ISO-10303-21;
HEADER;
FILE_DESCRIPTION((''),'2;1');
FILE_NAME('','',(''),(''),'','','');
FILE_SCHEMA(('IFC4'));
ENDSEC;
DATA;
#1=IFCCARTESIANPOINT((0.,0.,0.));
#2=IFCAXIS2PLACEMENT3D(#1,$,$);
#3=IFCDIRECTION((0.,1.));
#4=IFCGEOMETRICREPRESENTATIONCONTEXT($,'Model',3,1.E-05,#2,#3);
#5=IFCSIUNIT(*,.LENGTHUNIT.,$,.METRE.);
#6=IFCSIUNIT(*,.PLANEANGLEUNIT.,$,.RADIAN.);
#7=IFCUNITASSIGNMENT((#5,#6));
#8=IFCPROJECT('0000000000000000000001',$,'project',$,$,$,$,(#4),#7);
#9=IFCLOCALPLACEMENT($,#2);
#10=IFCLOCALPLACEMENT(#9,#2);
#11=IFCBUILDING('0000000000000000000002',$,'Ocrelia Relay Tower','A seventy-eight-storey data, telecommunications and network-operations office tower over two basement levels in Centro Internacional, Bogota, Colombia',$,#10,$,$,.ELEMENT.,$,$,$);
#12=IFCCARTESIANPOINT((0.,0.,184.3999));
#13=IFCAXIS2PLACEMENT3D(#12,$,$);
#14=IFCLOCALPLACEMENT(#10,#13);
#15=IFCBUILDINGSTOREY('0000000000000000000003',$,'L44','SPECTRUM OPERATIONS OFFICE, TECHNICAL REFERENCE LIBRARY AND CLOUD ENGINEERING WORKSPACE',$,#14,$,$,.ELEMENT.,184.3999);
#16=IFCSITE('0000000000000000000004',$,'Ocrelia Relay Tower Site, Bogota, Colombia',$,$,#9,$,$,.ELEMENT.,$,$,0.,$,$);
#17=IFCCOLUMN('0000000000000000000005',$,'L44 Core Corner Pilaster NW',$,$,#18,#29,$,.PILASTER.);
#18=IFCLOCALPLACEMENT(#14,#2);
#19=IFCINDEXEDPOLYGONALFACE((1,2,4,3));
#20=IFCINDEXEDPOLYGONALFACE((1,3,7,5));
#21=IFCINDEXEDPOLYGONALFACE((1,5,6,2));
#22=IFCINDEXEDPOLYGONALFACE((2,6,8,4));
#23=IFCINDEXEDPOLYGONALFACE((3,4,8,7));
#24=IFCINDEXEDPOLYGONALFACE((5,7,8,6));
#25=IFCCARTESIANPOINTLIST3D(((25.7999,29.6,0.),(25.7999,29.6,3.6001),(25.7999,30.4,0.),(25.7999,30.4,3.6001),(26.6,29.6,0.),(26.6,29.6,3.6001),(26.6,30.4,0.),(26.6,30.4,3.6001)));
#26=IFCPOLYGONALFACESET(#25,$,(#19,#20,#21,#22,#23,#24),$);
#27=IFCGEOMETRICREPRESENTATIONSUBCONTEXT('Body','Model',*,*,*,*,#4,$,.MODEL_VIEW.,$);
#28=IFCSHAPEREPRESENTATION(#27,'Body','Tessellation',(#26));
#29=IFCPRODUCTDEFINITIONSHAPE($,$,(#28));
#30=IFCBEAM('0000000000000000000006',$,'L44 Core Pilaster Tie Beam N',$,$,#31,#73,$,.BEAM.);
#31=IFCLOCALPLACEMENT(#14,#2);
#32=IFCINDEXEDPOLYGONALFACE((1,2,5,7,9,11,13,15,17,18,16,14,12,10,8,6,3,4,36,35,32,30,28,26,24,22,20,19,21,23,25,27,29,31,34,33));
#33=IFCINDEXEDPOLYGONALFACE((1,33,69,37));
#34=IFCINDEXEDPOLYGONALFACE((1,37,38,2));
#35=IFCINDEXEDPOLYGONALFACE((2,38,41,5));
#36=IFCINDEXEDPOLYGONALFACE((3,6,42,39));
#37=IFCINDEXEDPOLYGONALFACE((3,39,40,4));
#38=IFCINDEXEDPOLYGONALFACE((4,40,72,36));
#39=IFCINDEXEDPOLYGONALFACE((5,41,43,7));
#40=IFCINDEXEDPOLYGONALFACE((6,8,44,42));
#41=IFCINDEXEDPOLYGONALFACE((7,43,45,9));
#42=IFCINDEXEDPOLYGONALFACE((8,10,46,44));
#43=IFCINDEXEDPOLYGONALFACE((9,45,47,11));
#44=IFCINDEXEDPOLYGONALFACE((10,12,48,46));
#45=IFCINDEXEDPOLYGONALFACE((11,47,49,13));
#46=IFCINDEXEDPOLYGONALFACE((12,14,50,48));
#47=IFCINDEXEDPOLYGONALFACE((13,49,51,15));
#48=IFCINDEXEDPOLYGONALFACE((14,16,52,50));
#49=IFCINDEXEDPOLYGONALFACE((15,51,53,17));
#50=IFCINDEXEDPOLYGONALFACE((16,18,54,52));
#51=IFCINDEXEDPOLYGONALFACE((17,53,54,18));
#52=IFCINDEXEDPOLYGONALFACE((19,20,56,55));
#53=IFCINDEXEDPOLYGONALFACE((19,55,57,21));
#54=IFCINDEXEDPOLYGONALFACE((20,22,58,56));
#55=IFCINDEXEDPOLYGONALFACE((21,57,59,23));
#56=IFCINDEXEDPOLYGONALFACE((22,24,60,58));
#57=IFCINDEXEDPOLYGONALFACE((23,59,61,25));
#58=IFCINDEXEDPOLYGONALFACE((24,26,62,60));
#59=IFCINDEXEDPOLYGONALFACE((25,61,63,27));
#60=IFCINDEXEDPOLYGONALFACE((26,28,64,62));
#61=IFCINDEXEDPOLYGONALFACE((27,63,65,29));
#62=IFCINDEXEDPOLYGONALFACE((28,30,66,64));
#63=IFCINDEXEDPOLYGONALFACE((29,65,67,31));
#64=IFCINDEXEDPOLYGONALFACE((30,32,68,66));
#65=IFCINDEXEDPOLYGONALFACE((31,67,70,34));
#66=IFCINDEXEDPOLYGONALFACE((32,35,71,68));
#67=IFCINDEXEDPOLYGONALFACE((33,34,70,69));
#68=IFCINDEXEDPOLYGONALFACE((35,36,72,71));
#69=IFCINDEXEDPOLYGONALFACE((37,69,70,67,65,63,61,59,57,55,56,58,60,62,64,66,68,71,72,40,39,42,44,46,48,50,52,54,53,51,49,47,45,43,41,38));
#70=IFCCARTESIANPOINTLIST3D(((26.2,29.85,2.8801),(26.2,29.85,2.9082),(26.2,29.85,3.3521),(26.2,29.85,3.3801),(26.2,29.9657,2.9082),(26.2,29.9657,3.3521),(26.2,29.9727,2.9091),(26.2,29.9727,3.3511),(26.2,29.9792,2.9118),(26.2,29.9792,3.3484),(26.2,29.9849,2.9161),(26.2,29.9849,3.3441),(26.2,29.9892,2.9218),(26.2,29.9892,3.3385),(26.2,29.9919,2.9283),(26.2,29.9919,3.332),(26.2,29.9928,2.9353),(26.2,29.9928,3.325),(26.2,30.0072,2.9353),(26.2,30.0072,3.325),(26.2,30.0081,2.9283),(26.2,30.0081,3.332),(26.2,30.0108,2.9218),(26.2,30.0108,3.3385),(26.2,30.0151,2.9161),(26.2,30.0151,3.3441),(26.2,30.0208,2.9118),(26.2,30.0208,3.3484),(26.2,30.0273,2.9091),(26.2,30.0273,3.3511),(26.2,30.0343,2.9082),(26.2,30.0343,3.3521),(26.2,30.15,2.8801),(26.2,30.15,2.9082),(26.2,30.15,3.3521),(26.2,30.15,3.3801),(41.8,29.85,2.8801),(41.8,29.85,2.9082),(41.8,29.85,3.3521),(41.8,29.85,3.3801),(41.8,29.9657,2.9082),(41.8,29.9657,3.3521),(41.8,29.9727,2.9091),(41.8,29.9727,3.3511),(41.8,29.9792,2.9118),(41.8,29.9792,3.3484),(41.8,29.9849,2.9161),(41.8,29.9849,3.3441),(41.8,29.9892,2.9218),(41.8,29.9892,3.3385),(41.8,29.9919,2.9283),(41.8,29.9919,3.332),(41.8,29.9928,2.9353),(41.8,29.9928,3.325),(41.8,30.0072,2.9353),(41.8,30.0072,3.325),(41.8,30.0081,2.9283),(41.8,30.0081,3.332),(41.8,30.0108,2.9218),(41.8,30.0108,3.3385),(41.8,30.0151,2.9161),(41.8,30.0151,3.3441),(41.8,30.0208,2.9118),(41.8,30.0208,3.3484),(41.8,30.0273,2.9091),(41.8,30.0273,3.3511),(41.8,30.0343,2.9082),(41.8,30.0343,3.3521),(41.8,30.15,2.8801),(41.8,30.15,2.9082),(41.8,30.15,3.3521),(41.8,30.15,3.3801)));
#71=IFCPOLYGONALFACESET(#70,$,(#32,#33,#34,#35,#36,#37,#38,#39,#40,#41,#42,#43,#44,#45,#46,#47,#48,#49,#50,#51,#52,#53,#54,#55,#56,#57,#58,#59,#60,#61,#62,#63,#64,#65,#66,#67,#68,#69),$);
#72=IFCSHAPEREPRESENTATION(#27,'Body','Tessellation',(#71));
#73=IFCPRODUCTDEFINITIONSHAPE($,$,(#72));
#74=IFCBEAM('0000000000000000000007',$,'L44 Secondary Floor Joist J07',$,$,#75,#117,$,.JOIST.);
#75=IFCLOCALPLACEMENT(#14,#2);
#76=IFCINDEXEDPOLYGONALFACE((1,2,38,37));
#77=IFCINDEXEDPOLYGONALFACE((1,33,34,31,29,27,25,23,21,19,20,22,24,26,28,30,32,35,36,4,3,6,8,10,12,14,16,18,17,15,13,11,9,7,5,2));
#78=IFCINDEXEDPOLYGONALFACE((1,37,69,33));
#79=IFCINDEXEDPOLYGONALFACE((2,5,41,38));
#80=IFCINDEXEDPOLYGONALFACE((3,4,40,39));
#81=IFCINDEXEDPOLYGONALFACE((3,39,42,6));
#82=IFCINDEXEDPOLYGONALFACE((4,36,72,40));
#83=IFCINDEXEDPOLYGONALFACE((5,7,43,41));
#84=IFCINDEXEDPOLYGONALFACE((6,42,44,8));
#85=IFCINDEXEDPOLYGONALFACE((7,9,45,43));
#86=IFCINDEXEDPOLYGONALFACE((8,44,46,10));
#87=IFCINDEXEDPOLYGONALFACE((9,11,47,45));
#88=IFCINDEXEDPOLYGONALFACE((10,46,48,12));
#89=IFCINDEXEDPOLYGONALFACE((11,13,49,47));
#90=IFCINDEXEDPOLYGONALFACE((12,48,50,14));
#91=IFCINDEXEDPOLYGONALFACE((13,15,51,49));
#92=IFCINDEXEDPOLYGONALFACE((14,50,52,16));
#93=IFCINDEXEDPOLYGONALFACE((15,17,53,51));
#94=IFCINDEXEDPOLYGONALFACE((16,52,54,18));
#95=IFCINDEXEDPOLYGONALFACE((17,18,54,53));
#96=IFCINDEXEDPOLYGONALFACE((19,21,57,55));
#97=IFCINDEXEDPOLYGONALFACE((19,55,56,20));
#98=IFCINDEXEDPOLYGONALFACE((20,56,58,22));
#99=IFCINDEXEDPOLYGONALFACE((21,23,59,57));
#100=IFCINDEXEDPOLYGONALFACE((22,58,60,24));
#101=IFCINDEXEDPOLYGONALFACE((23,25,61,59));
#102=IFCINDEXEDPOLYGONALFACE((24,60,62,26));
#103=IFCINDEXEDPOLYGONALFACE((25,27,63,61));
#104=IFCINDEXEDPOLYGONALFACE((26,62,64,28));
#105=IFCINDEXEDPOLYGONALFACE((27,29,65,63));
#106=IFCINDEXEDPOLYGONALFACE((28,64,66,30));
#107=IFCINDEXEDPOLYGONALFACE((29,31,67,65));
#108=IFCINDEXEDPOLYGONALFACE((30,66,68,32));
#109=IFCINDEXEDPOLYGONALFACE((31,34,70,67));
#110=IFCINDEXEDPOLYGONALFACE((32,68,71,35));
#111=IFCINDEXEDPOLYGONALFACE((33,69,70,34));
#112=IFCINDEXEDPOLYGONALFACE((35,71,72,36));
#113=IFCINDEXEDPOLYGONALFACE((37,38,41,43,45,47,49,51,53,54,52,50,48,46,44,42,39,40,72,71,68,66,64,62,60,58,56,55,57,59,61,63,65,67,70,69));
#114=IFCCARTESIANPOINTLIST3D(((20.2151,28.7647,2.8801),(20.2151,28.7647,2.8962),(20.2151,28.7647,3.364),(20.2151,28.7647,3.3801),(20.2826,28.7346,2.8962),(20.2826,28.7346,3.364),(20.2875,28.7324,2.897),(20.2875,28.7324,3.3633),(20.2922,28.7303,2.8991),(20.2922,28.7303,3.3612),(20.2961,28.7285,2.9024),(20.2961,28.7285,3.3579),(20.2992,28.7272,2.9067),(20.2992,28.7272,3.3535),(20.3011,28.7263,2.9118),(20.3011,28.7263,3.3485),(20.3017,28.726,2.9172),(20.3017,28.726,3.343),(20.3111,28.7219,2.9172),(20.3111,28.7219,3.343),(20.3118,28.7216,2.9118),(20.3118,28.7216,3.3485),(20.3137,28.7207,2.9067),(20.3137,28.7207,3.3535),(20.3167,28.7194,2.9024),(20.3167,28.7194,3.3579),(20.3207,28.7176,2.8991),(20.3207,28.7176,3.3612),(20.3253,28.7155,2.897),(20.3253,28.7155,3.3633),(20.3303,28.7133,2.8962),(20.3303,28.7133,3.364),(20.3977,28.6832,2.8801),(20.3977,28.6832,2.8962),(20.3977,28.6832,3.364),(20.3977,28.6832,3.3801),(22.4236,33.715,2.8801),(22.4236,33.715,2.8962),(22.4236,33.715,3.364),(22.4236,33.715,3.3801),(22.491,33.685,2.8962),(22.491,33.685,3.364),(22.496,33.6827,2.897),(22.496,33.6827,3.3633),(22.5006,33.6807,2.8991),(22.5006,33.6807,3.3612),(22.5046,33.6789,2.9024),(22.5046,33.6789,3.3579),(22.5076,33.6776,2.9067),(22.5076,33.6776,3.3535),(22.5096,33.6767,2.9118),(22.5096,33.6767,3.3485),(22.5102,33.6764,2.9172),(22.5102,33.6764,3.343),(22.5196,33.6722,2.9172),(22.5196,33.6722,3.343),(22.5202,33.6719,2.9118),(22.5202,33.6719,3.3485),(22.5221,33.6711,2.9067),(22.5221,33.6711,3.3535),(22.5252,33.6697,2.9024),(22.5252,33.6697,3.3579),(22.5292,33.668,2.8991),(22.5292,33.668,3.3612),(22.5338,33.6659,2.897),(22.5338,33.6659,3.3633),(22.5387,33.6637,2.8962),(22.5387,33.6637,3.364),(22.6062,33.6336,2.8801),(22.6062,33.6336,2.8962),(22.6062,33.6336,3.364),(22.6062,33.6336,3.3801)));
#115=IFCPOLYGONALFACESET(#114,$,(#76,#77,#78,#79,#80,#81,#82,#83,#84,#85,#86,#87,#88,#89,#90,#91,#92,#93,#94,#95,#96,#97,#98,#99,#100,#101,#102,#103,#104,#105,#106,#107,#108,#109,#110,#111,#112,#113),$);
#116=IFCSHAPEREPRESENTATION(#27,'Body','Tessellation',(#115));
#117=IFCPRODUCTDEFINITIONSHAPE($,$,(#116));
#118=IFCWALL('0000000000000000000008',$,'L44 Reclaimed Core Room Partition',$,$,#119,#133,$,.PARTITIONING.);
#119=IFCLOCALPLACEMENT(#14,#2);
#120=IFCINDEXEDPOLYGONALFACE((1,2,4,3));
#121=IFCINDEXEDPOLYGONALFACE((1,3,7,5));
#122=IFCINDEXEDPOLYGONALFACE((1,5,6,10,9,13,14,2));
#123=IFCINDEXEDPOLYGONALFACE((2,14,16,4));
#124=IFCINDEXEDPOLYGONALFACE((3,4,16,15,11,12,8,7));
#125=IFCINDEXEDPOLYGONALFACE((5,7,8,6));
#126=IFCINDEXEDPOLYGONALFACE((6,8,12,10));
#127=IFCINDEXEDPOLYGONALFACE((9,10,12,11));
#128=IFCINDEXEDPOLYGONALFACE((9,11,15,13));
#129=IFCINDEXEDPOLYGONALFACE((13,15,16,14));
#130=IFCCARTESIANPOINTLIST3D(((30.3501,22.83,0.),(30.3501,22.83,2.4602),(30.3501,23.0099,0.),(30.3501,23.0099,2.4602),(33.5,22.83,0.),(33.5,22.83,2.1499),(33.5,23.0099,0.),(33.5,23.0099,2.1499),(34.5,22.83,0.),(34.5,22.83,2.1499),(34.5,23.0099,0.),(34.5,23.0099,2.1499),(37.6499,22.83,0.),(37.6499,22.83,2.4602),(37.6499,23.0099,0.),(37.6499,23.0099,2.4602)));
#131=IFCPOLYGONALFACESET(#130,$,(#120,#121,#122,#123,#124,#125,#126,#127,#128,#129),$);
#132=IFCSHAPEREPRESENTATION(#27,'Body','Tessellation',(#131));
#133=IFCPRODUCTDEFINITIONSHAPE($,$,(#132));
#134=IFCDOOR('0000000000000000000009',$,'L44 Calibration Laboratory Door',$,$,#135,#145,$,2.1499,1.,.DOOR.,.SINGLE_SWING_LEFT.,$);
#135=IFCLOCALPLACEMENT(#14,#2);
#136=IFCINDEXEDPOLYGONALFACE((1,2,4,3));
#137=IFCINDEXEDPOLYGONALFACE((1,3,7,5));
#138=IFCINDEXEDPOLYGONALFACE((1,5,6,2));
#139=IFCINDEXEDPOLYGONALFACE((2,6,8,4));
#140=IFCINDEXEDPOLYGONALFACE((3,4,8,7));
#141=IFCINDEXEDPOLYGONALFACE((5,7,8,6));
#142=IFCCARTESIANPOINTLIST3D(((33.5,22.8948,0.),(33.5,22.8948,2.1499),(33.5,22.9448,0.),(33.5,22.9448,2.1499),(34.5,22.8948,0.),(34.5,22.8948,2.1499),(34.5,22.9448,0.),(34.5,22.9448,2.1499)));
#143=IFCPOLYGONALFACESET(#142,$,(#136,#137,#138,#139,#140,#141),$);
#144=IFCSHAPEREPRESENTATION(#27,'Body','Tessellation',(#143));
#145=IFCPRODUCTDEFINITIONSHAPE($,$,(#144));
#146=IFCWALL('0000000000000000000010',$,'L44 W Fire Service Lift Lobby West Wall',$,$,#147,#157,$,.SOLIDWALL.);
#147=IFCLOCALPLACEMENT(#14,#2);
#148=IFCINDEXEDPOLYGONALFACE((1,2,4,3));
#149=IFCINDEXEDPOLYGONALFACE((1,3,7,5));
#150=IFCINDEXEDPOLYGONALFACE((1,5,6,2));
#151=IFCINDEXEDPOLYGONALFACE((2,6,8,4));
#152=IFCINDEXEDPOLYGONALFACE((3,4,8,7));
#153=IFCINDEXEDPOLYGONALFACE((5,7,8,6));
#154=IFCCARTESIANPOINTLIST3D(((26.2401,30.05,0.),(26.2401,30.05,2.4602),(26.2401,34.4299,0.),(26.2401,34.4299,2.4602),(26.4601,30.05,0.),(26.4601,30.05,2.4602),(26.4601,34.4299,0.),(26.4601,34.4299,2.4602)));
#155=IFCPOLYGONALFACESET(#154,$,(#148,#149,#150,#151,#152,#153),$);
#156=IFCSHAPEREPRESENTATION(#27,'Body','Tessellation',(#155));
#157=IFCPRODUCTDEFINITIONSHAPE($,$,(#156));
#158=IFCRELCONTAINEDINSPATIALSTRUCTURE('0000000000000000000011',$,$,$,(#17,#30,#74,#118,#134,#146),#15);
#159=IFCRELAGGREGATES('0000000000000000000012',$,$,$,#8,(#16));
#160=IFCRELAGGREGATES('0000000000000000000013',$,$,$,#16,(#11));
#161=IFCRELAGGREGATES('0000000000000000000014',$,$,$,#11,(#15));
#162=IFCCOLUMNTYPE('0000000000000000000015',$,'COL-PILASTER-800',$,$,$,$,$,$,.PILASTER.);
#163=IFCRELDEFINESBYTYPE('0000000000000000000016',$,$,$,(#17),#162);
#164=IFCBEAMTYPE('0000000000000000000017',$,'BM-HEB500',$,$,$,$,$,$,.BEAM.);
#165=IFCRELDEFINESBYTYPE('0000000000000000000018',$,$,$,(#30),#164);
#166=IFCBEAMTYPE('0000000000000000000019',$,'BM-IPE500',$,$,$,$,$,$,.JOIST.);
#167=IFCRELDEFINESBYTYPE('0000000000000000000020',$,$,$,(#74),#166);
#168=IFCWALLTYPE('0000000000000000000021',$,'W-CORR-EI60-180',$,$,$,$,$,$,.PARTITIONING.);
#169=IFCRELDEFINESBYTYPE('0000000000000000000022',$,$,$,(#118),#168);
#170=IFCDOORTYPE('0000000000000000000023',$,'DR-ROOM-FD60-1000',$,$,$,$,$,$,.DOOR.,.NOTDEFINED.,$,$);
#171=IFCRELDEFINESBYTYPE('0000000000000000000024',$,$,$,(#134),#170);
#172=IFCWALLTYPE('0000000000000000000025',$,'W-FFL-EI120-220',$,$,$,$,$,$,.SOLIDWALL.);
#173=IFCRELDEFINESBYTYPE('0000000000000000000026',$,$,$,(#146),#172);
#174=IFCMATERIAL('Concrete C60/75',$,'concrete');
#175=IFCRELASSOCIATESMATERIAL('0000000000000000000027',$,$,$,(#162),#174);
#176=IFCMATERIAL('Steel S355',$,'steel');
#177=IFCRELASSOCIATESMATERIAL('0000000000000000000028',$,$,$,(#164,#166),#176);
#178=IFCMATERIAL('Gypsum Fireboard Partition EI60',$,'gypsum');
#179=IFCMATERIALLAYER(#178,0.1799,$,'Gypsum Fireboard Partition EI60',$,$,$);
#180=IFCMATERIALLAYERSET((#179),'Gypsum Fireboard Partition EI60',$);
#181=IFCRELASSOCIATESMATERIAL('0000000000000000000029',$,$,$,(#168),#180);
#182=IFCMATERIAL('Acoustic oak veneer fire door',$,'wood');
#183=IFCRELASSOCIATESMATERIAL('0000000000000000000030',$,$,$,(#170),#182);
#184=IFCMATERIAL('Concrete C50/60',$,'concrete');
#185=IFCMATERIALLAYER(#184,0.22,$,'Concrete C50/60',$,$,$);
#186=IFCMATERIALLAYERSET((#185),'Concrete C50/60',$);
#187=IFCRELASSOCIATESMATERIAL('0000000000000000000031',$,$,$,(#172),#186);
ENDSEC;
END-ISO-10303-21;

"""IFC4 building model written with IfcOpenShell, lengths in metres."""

from ifc_helpers import new_model, si_unit, direction, frame, frame_2d, origin, origin_2d, place, context, subcontext, project, spatial, rectangle, i_section, extrude, material, layer, layer_set, material_profile, profile_set, type_object, element, fill, save


model = new_model("IFC4")

# Units and contexts
model_context = context("Model", 3, precision=1e-05, world=origin(), true_north=direction((0.0, 1.0)))
body_context = subcontext(model_context, "Body", "Model", "MODEL_VIEW")
ifc_project = project(units=[si_unit("LENGTHUNIT", "METRE"), si_unit("PLANEANGLEUNIT", "RADIAN")], contexts=[model_context])

# Site, building, storey
site_placement = place(None, origin())
site = spatial("IfcSite", under=ifc_project, at=site_placement, Name="Ocrelia Relay Tower Site, Bogota, Colombia", CompositionType="ELEMENT", RefElevation=0.0)
building_placement = place(site_placement, origin())
building = spatial("IfcBuilding", under=site, at=building_placement, Name="Ocrelia Relay Tower", Description="A seventy-eight-storey data, telecommunications and network-operations office tower over two basement levels in Centro Internacional, Bogota, Colombia", CompositionType="ELEMENT")
storey_placement = place(building_placement, frame((0.0, 0.0, 184.3999)))
storey = spatial("IfcBuildingStorey", under=building, at=storey_placement, Name="L44", Description="SPECTRUM OPERATIONS OFFICE, TECHNICAL REFERENCE LIBRARY AND CLOUD ENGINEERING WORKSPACE", CompositionType="ELEMENT", Elevation=184.3999)

# Column
ifc_material_1 = material(Name="Concrete C60/75", Category="concrete")
ifc_material_profile_1 = material_profile(ifc_material_1, rectangle(XDim=0.8, YDim=0.8, at=origin_2d()), Name="RC-COL-800x800")
ifc_profile_set_1 = profile_set([ifc_material_profile_1], Name="Concrete C60/75")
column_type = type_object("IfcColumnType", Name="COL-PILASTER-800", PredefinedType="PILASTER", material=ifc_profile_set_1)
column_placement = place(storey_placement, frame((26.2, 30.0, 0.0), z_axis=(0.0, 0.0, 1.0), x_axis=(1.0, 0.0, 0.0)))
element("IfcColumn", 1, at=column_placement, inside=storey, type_object=column_type, Name="L44 Core Corner Pilaster NW", PredefinedType="PILASTER", context=body_context, shape_type="SweptSolid", body=[
    extrude(rectangle(XDim=0.8, YDim=0.8, at=origin_2d()), origin(), (0.0, 0.0, 1.0), 3.6001),
])

# Beams
ifc_material_2 = material(Name="Steel S355", Category="steel")
ifc_material_profile_2 = material_profile(ifc_material_2, i_section(OverallWidth=0.3, OverallDepth=0.5, WebThickness=0.0144, FlangeThickness=0.0281, FilletRadius=0.0271, at=origin_2d()), Name="HEB 500")
ifc_profile_set_2 = profile_set([ifc_material_profile_2], Name="Steel S355")
beam_type_1 = type_object("IfcBeamType", Name="BM-HEB500", PredefinedType="BEAM", material=ifc_profile_set_2)
beam_1_placement = place(storey_placement, frame((26.2, 30.0, 3.1301), z_axis=(1.0, 0.0, 0.0), x_axis=(0.0, 1.0, 0.0)))
element("IfcBeam", 2, at=beam_1_placement, inside=storey, type_object=beam_type_1, Name="L44 Core Pilaster Tie Beam N", PredefinedType="BEAM", context=body_context, shape_type="SweptSolid", body=[
    extrude(i_section(OverallWidth=0.3, OverallDepth=0.5, WebThickness=0.0144, FlangeThickness=0.0281, FilletRadius=0.0271, at=origin_2d()), origin(), (0.0, 0.0, 1.0), 15.6001),
])
ifc_material_profile_3 = material_profile(ifc_material_2, i_section(OverallWidth=0.2, OverallDepth=0.5, WebThickness=0.0103, FlangeThickness=0.0161, FilletRadius=0.021, at=origin_2d()), Name="IPE 500")
ifc_profile_set_3 = profile_set([ifc_material_profile_3], Name="Steel S355")
beam_type_2 = type_object("IfcBeamType", Name="BM-IPE500", PredefinedType="JOIST", material=ifc_profile_set_3)
beam_2_placement = place(storey_placement, frame((22.5149, 33.6743, 3.1301), z_axis=(-0.407417, -0.913242, 0.0), x_axis=(0.913242, -0.407417, 0.0)))
element("IfcBeam", 3, at=beam_2_placement, inside=storey, type_object=beam_type_2, Name="L44 Secondary Floor Joist J07", PredefinedType="JOIST", context=body_context, shape_type="SweptSolid", body=[
    extrude(i_section(OverallWidth=0.2, OverallDepth=0.5, WebThickness=0.0103, FlangeThickness=0.0161, FilletRadius=0.021, at=origin_2d()), origin(), (0.0, 0.0, 1.0), 5.4207),
])

# Wall, opening, door
ifc_material_3 = material(Name="Gypsum Fireboard Partition EI60", Category="gypsum")
ifc_layer_1 = layer(ifc_material_3, 0.1799, Name="Gypsum Fireboard Partition EI60")
ifc_layer_set_1 = layer_set([ifc_layer_1], Name="Gypsum Fireboard Partition EI60")
wall_type_1 = type_object("IfcWallType", Name="W-CORR-EI60-180", PredefinedType="PARTITIONING", material=ifc_layer_set_1)
wall_1_placement = place(storey_placement, frame((30.3501, 22.9199, 0.0), z_axis=(0.0, 0.0, 1.0), x_axis=(1.0, 0.0, 0.0)))
wall_1 = element("IfcWall", 4, at=wall_1_placement, inside=storey, type_object=wall_type_1, Name="L44 Reclaimed Core Room Partition", PredefinedType="PARTITIONING", context=body_context, shape_type="SweptSolid", body=[
    extrude(rectangle(XDim=7.2998, YDim=0.1799, at=frame_2d((3.6499, 0.0))), origin(), (0.0, 0.0, 1.0), 2.4602),
])
opening_1_placement = place(wall_1_placement, frame((3.1499, 0.0, 0.0)))
opening_1 = element("IfcOpeningElement", 5, at=opening_1_placement, cuts=wall_1, PredefinedType="OPENING", context=body_context, shape_type="SweptSolid", body=[
    extrude(rectangle(XDim=1.0, YDim=2.1499, at=frame_2d((0.5, 1.075))), frame((0.0, 0.1001, 0.0), z_axis=(0.0, -1.0, 0.0), x_axis=(1.0, 0.0, 0.0)), (0.0, 0.0, 1.0), 0.2),
])
ifc_material_4 = material(Name="Acoustic oak veneer fire door", Category="wood")
door_type_1 = type_object("IfcDoorType", Name="DR-ROOM-FD60-1000", OperationType="NOTDEFINED", PredefinedType="DOOR", material=ifc_material_4)
door_1_placement = place(opening_1_placement, origin())
door_1 = element("IfcDoor", 6, at=door_1_placement, inside=storey, type_object=door_type_1, Name="L44 Calibration Laboratory Door", OperationType="SINGLE_SWING_LEFT", OverallHeight=2.1499, OverallWidth=1.0, PredefinedType="DOOR", context=body_context, shape_type="SweptSolid", body=[
    extrude(rectangle(XDim=1.0, YDim=2.1499, at=frame_2d((0.5, 1.075))), frame((0.0, 0.0249, 0.0), z_axis=(0.0, -1.0, 0.0), x_axis=(1.0, 0.0, 0.0)), (0.0, 0.0, 1.0), 0.05),
])
fill(opening_1, door_1)

# Wall
ifc_material_5 = material(Name="Concrete C50/60", Category="concrete")
ifc_layer_2 = layer(ifc_material_5, 0.22, Name="Concrete C50/60")
ifc_layer_set_2 = layer_set([ifc_layer_2], Name="Concrete C50/60")
wall_type_2 = type_object("IfcWallType", Name="W-FFL-EI120-220", PredefinedType="SOLIDWALL", material=ifc_layer_set_2)
wall_2_placement = place(storey_placement, frame((26.3501, 30.05, 0.0), z_axis=(0.0, 0.0, 1.0), x_axis=(0.0, 1.0, 0.0)))
element("IfcWall", 7, at=wall_2_placement, inside=storey, type_object=wall_type_2, Name="L44 W Fire Service Lift Lobby West Wall", PredefinedType="SOLIDWALL", context=body_context, shape_type="SweptSolid", body=[
    extrude(rectangle(XDim=4.3799, YDim=0.22, at=frame_2d((2.1899, 0.0))), origin(), (0.0, 0.0, 1.0), 2.4602),
])

save(model, "model.ifc")
